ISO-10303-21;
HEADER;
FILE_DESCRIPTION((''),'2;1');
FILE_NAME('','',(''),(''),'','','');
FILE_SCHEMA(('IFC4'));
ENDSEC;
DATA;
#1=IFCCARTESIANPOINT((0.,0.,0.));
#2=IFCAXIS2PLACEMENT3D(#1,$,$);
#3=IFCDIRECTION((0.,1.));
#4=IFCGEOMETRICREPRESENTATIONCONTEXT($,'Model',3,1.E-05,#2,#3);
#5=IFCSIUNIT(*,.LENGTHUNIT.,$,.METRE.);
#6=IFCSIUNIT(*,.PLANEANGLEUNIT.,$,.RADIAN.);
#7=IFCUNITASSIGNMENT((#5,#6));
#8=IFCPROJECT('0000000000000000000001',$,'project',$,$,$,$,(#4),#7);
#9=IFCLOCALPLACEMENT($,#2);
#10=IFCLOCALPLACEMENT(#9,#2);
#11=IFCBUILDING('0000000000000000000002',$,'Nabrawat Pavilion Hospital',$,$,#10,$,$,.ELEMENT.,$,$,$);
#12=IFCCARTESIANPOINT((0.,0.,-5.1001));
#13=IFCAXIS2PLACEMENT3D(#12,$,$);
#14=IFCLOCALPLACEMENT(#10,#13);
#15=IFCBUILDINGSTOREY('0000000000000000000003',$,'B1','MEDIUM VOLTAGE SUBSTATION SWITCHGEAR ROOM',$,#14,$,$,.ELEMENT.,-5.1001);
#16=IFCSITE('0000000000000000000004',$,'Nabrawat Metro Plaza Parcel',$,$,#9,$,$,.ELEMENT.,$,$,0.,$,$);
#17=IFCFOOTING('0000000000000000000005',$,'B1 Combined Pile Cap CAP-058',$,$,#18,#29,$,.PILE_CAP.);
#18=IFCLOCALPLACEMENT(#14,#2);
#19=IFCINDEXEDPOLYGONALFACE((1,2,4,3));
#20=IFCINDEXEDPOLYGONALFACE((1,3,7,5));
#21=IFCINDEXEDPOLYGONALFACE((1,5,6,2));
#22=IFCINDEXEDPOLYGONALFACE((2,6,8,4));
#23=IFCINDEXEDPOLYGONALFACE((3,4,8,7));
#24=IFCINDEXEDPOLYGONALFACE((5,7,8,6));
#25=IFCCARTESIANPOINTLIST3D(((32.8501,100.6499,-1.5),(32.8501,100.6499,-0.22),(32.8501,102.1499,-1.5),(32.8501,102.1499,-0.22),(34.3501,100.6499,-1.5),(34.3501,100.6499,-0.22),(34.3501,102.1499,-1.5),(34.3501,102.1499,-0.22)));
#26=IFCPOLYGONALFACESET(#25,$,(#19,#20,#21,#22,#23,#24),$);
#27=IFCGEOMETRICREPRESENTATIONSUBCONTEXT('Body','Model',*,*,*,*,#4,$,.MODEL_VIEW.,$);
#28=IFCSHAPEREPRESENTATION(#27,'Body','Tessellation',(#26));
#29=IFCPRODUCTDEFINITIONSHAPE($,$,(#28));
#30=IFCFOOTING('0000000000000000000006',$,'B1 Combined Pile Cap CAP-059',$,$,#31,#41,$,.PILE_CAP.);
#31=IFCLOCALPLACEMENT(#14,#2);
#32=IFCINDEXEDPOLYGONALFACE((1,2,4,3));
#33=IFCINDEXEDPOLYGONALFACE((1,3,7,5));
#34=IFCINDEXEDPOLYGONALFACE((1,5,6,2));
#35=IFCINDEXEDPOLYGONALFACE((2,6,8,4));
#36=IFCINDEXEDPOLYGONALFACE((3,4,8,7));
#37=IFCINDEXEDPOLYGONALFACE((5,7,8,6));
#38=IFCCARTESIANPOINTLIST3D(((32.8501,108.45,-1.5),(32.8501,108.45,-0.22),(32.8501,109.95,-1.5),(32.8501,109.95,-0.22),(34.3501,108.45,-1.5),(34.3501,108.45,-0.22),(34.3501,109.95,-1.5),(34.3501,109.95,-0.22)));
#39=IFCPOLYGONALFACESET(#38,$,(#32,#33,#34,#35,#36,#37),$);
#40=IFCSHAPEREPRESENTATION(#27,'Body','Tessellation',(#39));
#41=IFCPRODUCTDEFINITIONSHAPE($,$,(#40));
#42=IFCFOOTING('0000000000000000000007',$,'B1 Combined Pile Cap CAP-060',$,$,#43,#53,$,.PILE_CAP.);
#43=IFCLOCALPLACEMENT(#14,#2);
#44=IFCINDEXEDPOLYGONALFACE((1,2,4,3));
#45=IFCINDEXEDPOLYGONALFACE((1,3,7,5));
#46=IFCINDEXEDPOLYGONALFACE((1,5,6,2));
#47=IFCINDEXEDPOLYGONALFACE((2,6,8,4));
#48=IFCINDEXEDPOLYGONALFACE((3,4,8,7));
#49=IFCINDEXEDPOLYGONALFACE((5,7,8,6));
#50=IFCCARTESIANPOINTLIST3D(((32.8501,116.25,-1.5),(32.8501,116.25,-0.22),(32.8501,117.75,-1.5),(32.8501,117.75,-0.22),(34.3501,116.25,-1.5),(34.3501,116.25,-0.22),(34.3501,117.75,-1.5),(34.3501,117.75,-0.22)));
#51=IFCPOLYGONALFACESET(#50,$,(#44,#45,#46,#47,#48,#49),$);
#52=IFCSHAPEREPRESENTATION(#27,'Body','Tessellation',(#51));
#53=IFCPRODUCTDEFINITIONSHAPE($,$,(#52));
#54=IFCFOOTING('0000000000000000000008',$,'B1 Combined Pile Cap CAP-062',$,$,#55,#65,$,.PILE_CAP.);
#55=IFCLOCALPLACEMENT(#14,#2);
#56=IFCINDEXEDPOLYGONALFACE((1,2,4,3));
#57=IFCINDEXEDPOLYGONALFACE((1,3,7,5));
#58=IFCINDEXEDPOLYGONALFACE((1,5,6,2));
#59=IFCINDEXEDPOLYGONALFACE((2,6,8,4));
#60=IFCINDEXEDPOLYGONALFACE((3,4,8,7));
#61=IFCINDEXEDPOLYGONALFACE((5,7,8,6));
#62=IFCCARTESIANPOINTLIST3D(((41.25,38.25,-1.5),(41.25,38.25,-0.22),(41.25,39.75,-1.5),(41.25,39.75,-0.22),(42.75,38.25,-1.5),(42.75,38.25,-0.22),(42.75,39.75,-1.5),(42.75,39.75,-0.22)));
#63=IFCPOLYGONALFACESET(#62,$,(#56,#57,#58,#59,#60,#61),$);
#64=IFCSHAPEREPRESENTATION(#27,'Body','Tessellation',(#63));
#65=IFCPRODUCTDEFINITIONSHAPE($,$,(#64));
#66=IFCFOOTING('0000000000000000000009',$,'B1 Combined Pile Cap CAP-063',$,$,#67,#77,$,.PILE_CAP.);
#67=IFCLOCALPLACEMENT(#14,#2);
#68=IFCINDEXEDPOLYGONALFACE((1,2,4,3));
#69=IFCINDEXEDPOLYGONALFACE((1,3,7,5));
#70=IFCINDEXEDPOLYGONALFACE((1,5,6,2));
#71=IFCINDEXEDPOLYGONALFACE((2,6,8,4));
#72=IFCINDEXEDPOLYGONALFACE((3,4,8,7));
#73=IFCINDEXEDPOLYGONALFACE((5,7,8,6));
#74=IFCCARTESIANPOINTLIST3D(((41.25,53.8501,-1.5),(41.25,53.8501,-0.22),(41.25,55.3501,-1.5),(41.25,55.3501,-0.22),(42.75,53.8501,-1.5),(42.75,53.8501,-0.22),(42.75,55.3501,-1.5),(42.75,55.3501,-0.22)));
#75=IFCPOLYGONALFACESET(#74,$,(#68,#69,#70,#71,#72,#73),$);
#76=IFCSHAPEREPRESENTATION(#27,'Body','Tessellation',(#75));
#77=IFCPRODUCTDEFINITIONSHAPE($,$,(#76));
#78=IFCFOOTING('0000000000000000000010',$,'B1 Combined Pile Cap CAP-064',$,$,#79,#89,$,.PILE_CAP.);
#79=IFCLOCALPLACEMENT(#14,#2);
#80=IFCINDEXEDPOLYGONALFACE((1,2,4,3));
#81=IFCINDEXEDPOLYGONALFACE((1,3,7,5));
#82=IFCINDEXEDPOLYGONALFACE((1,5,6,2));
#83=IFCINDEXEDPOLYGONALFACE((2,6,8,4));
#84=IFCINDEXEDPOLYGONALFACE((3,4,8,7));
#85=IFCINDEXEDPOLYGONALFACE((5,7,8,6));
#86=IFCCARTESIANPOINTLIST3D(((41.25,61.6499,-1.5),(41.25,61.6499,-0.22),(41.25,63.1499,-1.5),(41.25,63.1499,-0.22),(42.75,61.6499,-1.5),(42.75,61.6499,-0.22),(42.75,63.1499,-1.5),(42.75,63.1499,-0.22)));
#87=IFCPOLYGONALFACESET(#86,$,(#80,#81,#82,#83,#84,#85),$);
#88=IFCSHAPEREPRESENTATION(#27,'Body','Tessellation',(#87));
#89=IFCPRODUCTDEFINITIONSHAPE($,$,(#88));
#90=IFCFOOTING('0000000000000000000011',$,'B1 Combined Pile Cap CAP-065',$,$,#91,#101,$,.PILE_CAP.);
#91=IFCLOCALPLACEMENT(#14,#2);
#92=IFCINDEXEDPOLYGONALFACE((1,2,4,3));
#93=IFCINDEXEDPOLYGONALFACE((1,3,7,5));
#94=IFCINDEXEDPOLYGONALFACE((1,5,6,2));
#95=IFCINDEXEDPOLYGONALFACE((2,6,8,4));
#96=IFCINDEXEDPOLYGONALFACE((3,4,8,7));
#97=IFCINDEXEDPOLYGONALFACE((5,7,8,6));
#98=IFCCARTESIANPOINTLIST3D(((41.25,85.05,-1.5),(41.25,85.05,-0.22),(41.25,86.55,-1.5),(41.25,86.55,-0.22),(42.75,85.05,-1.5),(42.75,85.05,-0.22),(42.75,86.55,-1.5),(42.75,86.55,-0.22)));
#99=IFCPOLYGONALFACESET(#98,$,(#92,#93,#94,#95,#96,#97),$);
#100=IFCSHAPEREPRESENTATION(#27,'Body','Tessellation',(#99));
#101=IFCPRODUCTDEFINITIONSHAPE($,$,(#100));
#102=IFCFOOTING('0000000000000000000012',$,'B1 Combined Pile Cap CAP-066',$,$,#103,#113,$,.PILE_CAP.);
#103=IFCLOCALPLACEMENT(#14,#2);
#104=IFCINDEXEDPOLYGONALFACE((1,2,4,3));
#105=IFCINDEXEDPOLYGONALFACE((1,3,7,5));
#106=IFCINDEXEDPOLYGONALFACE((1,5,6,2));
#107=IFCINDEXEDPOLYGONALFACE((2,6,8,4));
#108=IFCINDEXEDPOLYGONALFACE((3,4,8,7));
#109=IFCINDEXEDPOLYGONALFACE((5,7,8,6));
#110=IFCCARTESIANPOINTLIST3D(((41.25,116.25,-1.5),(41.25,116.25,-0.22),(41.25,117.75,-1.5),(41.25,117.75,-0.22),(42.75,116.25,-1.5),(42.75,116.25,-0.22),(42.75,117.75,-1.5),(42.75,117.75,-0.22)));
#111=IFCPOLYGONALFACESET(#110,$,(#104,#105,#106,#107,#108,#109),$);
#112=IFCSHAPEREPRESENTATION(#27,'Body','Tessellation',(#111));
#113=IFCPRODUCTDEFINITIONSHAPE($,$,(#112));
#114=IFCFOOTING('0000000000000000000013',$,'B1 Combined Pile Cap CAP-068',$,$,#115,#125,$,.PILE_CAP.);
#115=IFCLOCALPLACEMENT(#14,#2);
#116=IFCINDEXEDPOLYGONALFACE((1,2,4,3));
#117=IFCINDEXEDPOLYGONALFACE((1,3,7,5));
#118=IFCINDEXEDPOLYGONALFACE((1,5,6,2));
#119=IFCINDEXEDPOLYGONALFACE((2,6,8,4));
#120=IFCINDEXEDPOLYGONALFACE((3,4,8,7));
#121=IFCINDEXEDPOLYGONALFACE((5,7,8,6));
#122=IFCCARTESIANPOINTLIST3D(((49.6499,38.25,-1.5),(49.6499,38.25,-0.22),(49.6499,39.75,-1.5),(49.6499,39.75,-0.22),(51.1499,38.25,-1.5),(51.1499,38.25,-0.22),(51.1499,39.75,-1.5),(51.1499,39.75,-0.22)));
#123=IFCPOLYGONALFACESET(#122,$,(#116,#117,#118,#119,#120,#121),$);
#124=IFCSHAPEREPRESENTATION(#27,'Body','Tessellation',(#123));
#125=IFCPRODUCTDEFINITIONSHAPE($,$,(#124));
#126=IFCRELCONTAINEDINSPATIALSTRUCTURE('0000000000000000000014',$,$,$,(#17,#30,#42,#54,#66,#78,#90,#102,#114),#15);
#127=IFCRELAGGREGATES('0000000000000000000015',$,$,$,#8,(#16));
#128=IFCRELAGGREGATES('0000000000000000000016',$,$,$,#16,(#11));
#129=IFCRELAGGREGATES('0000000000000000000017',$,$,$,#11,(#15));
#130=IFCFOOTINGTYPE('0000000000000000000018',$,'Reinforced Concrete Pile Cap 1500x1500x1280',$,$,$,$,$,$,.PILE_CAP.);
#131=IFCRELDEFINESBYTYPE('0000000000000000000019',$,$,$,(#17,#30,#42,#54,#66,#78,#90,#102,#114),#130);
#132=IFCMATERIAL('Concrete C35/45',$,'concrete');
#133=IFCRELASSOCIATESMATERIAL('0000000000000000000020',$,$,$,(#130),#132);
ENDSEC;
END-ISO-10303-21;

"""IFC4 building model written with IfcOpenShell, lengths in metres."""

from ifc_helpers import new_model, si_unit, direction, frame, origin, place, context, subcontext, project, spatial, polyline, outline, extrude, material, type_object, element, save


model = new_model("IFC4")

# Units and contexts
model_context = context("Model", 3, precision=1e-05, world=origin(), true_north=direction((0.0, 1.0)))
body_context = subcontext(model_context, "Body", "Model", "MODEL_VIEW")
ifc_project = project(units=[si_unit("LENGTHUNIT", "METRE"), si_unit("PLANEANGLEUNIT", "RADIAN")], contexts=[model_context])

# Site, building, storey
site_placement = place(None, origin())
site = spatial("IfcSite", under=ifc_project, at=site_placement, Name="Nabrawat Metro Plaza Parcel", CompositionType="ELEMENT", RefElevation=0.0)
building_placement = place(site_placement, origin())
building = spatial("IfcBuilding", under=site, at=building_placement, Name="Nabrawat Pavilion Hospital", CompositionType="ELEMENT")
storey_placement = place(building_placement, frame((0.0, 0.0, -5.1001)))
storey = spatial("IfcBuildingStorey", under=building, at=storey_placement, Name="B1", Description="MEDIUM VOLTAGE SUBSTATION SWITCHGEAR ROOM", CompositionType="ELEMENT", Elevation=-5.1001)

# Footings
ifc_material = material(Name="Concrete C35/45", Category="concrete")
footing_type = type_object("IfcFootingType", Name="Reinforced Concrete Pile Cap 1500x1500x1280", PredefinedType="PILE_CAP", material=ifc_material)
footing_1_placement = place(storey_placement, frame((0.0, 0.0, -1.5)))
element("IfcFooting", 1, at=footing_1_placement, inside=storey, type_object=footing_type, Name="B1 Combined Pile Cap CAP-058", PredefinedType="PILE_CAP", context=body_context, shape_type="SweptSolid", body=[
    extrude(outline(polyline([(34.3501, 100.6499), (34.3501, 102.1499), (32.8501, 102.1499), (32.8501, 100.6499), (34.3501, 100.6499)])), origin(), (0.0, 0.0, 1.0), 1.28),
])
footing_2_placement = place(storey_placement, frame((0.0, 0.0, -1.5)))
element("IfcFooting", 2, at=footing_2_placement, inside=storey, type_object=footing_type, Name="B1 Combined Pile Cap CAP-059", PredefinedType="PILE_CAP", context=body_context, shape_type="SweptSolid", body=[
    extrude(outline(polyline([(34.3501, 108.45), (34.3501, 109.95), (32.8501, 109.95), (32.8501, 108.45), (34.3501, 108.45)])), origin(), (0.0, 0.0, 1.0), 1.28),
])
footing_3_placement = place(storey_placement, frame((0.0, 0.0, -1.5)))
element("IfcFooting", 3, at=footing_3_placement, inside=storey, type_object=footing_type, Name="B1 Combined Pile Cap CAP-060", PredefinedType="PILE_CAP", context=body_context, shape_type="SweptSolid", body=[
    extrude(outline(polyline([(34.3501, 116.25), (34.3501, 117.75), (32.8501, 117.75), (32.8501, 116.25), (34.3501, 116.25)])), origin(), (0.0, 0.0, 1.0), 1.28),
])
footing_4_placement = place(storey_placement, frame((0.0, 0.0, -1.5)))
element("IfcFooting", 4, at=footing_4_placement, inside=storey, type_object=footing_type, Name="B1 Combined Pile Cap CAP-062", PredefinedType="PILE_CAP", context=body_context, shape_type="SweptSolid", body=[
    extrude(outline(polyline([(42.75, 38.25), (42.75, 39.75), (41.25, 39.75), (41.25, 38.25), (42.75, 38.25)])), origin(), (0.0, 0.0, 1.0), 1.28),
])
footing_5_placement = place(storey_placement, frame((0.0, 0.0, -1.5)))
element("IfcFooting", 5, at=footing_5_placement, inside=storey, type_object=footing_type, Name="B1 Combined Pile Cap CAP-063", PredefinedType="PILE_CAP", context=body_context, shape_type="SweptSolid", body=[
    extrude(outline(polyline([(42.75, 53.8501), (42.75, 55.3501), (41.25, 55.3501), (41.25, 53.8501), (42.75, 53.8501)])), origin(), (0.0, 0.0, 1.0), 1.28),
])
footing_6_placement = place(storey_placement, frame((0.0, 0.0, -1.5)))
element("IfcFooting", 6, at=footing_6_placement, inside=storey, type_object=footing_type, Name="B1 Combined Pile Cap CAP-064", PredefinedType="PILE_CAP", context=body_context, shape_type="SweptSolid", body=[
    extrude(outline(polyline([(42.75, 61.6499), (42.75, 63.1499), (41.25, 63.1499), (41.25, 61.6499), (42.75, 61.6499)])), origin(), (0.0, 0.0, 1.0), 1.28),
])
footing_7_placement = place(storey_placement, frame((0.0, 0.0, -1.5)))
element("IfcFooting", 7, at=footing_7_placement, inside=storey, type_object=footing_type, Name="B1 Combined Pile Cap CAP-065", PredefinedType="PILE_CAP", context=body_context, shape_type="SweptSolid", body=[
    extrude(outline(polyline([(42.75, 85.05), (42.75, 86.55), (41.25, 86.55), (41.25, 85.05), (42.75, 85.05)])), origin(), (0.0, 0.0, 1.0), 1.28),
])
footing_8_placement = place(storey_placement, frame((0.0, 0.0, -1.5)))
element("IfcFooting", 8, at=footing_8_placement, inside=storey, type_object=footing_type, Name="B1 Combined Pile Cap CAP-066", PredefinedType="PILE_CAP", context=body_context, shape_type="SweptSolid", body=[
    extrude(outline(polyline([(42.75, 116.25), (42.75, 117.75), (41.25, 117.75), (41.25, 116.25), (42.75, 116.25)])), origin(), (0.0, 0.0, 1.0), 1.28),
])
footing_9_placement = place(storey_placement, frame((0.0, 0.0, -1.5)))
element("IfcFooting", 9, at=footing_9_placement, inside=storey, type_object=footing_type, Name="B1 Combined Pile Cap CAP-068", PredefinedType="PILE_CAP", context=body_context, shape_type="SweptSolid", body=[
    extrude(outline(polyline([(51.1499, 38.25), (51.1499, 39.75), (49.6499, 39.75), (49.6499, 38.25), (51.1499, 38.25)])), origin(), (0.0, 0.0, 1.0), 1.28),
])

save(model, "model.ifc")
